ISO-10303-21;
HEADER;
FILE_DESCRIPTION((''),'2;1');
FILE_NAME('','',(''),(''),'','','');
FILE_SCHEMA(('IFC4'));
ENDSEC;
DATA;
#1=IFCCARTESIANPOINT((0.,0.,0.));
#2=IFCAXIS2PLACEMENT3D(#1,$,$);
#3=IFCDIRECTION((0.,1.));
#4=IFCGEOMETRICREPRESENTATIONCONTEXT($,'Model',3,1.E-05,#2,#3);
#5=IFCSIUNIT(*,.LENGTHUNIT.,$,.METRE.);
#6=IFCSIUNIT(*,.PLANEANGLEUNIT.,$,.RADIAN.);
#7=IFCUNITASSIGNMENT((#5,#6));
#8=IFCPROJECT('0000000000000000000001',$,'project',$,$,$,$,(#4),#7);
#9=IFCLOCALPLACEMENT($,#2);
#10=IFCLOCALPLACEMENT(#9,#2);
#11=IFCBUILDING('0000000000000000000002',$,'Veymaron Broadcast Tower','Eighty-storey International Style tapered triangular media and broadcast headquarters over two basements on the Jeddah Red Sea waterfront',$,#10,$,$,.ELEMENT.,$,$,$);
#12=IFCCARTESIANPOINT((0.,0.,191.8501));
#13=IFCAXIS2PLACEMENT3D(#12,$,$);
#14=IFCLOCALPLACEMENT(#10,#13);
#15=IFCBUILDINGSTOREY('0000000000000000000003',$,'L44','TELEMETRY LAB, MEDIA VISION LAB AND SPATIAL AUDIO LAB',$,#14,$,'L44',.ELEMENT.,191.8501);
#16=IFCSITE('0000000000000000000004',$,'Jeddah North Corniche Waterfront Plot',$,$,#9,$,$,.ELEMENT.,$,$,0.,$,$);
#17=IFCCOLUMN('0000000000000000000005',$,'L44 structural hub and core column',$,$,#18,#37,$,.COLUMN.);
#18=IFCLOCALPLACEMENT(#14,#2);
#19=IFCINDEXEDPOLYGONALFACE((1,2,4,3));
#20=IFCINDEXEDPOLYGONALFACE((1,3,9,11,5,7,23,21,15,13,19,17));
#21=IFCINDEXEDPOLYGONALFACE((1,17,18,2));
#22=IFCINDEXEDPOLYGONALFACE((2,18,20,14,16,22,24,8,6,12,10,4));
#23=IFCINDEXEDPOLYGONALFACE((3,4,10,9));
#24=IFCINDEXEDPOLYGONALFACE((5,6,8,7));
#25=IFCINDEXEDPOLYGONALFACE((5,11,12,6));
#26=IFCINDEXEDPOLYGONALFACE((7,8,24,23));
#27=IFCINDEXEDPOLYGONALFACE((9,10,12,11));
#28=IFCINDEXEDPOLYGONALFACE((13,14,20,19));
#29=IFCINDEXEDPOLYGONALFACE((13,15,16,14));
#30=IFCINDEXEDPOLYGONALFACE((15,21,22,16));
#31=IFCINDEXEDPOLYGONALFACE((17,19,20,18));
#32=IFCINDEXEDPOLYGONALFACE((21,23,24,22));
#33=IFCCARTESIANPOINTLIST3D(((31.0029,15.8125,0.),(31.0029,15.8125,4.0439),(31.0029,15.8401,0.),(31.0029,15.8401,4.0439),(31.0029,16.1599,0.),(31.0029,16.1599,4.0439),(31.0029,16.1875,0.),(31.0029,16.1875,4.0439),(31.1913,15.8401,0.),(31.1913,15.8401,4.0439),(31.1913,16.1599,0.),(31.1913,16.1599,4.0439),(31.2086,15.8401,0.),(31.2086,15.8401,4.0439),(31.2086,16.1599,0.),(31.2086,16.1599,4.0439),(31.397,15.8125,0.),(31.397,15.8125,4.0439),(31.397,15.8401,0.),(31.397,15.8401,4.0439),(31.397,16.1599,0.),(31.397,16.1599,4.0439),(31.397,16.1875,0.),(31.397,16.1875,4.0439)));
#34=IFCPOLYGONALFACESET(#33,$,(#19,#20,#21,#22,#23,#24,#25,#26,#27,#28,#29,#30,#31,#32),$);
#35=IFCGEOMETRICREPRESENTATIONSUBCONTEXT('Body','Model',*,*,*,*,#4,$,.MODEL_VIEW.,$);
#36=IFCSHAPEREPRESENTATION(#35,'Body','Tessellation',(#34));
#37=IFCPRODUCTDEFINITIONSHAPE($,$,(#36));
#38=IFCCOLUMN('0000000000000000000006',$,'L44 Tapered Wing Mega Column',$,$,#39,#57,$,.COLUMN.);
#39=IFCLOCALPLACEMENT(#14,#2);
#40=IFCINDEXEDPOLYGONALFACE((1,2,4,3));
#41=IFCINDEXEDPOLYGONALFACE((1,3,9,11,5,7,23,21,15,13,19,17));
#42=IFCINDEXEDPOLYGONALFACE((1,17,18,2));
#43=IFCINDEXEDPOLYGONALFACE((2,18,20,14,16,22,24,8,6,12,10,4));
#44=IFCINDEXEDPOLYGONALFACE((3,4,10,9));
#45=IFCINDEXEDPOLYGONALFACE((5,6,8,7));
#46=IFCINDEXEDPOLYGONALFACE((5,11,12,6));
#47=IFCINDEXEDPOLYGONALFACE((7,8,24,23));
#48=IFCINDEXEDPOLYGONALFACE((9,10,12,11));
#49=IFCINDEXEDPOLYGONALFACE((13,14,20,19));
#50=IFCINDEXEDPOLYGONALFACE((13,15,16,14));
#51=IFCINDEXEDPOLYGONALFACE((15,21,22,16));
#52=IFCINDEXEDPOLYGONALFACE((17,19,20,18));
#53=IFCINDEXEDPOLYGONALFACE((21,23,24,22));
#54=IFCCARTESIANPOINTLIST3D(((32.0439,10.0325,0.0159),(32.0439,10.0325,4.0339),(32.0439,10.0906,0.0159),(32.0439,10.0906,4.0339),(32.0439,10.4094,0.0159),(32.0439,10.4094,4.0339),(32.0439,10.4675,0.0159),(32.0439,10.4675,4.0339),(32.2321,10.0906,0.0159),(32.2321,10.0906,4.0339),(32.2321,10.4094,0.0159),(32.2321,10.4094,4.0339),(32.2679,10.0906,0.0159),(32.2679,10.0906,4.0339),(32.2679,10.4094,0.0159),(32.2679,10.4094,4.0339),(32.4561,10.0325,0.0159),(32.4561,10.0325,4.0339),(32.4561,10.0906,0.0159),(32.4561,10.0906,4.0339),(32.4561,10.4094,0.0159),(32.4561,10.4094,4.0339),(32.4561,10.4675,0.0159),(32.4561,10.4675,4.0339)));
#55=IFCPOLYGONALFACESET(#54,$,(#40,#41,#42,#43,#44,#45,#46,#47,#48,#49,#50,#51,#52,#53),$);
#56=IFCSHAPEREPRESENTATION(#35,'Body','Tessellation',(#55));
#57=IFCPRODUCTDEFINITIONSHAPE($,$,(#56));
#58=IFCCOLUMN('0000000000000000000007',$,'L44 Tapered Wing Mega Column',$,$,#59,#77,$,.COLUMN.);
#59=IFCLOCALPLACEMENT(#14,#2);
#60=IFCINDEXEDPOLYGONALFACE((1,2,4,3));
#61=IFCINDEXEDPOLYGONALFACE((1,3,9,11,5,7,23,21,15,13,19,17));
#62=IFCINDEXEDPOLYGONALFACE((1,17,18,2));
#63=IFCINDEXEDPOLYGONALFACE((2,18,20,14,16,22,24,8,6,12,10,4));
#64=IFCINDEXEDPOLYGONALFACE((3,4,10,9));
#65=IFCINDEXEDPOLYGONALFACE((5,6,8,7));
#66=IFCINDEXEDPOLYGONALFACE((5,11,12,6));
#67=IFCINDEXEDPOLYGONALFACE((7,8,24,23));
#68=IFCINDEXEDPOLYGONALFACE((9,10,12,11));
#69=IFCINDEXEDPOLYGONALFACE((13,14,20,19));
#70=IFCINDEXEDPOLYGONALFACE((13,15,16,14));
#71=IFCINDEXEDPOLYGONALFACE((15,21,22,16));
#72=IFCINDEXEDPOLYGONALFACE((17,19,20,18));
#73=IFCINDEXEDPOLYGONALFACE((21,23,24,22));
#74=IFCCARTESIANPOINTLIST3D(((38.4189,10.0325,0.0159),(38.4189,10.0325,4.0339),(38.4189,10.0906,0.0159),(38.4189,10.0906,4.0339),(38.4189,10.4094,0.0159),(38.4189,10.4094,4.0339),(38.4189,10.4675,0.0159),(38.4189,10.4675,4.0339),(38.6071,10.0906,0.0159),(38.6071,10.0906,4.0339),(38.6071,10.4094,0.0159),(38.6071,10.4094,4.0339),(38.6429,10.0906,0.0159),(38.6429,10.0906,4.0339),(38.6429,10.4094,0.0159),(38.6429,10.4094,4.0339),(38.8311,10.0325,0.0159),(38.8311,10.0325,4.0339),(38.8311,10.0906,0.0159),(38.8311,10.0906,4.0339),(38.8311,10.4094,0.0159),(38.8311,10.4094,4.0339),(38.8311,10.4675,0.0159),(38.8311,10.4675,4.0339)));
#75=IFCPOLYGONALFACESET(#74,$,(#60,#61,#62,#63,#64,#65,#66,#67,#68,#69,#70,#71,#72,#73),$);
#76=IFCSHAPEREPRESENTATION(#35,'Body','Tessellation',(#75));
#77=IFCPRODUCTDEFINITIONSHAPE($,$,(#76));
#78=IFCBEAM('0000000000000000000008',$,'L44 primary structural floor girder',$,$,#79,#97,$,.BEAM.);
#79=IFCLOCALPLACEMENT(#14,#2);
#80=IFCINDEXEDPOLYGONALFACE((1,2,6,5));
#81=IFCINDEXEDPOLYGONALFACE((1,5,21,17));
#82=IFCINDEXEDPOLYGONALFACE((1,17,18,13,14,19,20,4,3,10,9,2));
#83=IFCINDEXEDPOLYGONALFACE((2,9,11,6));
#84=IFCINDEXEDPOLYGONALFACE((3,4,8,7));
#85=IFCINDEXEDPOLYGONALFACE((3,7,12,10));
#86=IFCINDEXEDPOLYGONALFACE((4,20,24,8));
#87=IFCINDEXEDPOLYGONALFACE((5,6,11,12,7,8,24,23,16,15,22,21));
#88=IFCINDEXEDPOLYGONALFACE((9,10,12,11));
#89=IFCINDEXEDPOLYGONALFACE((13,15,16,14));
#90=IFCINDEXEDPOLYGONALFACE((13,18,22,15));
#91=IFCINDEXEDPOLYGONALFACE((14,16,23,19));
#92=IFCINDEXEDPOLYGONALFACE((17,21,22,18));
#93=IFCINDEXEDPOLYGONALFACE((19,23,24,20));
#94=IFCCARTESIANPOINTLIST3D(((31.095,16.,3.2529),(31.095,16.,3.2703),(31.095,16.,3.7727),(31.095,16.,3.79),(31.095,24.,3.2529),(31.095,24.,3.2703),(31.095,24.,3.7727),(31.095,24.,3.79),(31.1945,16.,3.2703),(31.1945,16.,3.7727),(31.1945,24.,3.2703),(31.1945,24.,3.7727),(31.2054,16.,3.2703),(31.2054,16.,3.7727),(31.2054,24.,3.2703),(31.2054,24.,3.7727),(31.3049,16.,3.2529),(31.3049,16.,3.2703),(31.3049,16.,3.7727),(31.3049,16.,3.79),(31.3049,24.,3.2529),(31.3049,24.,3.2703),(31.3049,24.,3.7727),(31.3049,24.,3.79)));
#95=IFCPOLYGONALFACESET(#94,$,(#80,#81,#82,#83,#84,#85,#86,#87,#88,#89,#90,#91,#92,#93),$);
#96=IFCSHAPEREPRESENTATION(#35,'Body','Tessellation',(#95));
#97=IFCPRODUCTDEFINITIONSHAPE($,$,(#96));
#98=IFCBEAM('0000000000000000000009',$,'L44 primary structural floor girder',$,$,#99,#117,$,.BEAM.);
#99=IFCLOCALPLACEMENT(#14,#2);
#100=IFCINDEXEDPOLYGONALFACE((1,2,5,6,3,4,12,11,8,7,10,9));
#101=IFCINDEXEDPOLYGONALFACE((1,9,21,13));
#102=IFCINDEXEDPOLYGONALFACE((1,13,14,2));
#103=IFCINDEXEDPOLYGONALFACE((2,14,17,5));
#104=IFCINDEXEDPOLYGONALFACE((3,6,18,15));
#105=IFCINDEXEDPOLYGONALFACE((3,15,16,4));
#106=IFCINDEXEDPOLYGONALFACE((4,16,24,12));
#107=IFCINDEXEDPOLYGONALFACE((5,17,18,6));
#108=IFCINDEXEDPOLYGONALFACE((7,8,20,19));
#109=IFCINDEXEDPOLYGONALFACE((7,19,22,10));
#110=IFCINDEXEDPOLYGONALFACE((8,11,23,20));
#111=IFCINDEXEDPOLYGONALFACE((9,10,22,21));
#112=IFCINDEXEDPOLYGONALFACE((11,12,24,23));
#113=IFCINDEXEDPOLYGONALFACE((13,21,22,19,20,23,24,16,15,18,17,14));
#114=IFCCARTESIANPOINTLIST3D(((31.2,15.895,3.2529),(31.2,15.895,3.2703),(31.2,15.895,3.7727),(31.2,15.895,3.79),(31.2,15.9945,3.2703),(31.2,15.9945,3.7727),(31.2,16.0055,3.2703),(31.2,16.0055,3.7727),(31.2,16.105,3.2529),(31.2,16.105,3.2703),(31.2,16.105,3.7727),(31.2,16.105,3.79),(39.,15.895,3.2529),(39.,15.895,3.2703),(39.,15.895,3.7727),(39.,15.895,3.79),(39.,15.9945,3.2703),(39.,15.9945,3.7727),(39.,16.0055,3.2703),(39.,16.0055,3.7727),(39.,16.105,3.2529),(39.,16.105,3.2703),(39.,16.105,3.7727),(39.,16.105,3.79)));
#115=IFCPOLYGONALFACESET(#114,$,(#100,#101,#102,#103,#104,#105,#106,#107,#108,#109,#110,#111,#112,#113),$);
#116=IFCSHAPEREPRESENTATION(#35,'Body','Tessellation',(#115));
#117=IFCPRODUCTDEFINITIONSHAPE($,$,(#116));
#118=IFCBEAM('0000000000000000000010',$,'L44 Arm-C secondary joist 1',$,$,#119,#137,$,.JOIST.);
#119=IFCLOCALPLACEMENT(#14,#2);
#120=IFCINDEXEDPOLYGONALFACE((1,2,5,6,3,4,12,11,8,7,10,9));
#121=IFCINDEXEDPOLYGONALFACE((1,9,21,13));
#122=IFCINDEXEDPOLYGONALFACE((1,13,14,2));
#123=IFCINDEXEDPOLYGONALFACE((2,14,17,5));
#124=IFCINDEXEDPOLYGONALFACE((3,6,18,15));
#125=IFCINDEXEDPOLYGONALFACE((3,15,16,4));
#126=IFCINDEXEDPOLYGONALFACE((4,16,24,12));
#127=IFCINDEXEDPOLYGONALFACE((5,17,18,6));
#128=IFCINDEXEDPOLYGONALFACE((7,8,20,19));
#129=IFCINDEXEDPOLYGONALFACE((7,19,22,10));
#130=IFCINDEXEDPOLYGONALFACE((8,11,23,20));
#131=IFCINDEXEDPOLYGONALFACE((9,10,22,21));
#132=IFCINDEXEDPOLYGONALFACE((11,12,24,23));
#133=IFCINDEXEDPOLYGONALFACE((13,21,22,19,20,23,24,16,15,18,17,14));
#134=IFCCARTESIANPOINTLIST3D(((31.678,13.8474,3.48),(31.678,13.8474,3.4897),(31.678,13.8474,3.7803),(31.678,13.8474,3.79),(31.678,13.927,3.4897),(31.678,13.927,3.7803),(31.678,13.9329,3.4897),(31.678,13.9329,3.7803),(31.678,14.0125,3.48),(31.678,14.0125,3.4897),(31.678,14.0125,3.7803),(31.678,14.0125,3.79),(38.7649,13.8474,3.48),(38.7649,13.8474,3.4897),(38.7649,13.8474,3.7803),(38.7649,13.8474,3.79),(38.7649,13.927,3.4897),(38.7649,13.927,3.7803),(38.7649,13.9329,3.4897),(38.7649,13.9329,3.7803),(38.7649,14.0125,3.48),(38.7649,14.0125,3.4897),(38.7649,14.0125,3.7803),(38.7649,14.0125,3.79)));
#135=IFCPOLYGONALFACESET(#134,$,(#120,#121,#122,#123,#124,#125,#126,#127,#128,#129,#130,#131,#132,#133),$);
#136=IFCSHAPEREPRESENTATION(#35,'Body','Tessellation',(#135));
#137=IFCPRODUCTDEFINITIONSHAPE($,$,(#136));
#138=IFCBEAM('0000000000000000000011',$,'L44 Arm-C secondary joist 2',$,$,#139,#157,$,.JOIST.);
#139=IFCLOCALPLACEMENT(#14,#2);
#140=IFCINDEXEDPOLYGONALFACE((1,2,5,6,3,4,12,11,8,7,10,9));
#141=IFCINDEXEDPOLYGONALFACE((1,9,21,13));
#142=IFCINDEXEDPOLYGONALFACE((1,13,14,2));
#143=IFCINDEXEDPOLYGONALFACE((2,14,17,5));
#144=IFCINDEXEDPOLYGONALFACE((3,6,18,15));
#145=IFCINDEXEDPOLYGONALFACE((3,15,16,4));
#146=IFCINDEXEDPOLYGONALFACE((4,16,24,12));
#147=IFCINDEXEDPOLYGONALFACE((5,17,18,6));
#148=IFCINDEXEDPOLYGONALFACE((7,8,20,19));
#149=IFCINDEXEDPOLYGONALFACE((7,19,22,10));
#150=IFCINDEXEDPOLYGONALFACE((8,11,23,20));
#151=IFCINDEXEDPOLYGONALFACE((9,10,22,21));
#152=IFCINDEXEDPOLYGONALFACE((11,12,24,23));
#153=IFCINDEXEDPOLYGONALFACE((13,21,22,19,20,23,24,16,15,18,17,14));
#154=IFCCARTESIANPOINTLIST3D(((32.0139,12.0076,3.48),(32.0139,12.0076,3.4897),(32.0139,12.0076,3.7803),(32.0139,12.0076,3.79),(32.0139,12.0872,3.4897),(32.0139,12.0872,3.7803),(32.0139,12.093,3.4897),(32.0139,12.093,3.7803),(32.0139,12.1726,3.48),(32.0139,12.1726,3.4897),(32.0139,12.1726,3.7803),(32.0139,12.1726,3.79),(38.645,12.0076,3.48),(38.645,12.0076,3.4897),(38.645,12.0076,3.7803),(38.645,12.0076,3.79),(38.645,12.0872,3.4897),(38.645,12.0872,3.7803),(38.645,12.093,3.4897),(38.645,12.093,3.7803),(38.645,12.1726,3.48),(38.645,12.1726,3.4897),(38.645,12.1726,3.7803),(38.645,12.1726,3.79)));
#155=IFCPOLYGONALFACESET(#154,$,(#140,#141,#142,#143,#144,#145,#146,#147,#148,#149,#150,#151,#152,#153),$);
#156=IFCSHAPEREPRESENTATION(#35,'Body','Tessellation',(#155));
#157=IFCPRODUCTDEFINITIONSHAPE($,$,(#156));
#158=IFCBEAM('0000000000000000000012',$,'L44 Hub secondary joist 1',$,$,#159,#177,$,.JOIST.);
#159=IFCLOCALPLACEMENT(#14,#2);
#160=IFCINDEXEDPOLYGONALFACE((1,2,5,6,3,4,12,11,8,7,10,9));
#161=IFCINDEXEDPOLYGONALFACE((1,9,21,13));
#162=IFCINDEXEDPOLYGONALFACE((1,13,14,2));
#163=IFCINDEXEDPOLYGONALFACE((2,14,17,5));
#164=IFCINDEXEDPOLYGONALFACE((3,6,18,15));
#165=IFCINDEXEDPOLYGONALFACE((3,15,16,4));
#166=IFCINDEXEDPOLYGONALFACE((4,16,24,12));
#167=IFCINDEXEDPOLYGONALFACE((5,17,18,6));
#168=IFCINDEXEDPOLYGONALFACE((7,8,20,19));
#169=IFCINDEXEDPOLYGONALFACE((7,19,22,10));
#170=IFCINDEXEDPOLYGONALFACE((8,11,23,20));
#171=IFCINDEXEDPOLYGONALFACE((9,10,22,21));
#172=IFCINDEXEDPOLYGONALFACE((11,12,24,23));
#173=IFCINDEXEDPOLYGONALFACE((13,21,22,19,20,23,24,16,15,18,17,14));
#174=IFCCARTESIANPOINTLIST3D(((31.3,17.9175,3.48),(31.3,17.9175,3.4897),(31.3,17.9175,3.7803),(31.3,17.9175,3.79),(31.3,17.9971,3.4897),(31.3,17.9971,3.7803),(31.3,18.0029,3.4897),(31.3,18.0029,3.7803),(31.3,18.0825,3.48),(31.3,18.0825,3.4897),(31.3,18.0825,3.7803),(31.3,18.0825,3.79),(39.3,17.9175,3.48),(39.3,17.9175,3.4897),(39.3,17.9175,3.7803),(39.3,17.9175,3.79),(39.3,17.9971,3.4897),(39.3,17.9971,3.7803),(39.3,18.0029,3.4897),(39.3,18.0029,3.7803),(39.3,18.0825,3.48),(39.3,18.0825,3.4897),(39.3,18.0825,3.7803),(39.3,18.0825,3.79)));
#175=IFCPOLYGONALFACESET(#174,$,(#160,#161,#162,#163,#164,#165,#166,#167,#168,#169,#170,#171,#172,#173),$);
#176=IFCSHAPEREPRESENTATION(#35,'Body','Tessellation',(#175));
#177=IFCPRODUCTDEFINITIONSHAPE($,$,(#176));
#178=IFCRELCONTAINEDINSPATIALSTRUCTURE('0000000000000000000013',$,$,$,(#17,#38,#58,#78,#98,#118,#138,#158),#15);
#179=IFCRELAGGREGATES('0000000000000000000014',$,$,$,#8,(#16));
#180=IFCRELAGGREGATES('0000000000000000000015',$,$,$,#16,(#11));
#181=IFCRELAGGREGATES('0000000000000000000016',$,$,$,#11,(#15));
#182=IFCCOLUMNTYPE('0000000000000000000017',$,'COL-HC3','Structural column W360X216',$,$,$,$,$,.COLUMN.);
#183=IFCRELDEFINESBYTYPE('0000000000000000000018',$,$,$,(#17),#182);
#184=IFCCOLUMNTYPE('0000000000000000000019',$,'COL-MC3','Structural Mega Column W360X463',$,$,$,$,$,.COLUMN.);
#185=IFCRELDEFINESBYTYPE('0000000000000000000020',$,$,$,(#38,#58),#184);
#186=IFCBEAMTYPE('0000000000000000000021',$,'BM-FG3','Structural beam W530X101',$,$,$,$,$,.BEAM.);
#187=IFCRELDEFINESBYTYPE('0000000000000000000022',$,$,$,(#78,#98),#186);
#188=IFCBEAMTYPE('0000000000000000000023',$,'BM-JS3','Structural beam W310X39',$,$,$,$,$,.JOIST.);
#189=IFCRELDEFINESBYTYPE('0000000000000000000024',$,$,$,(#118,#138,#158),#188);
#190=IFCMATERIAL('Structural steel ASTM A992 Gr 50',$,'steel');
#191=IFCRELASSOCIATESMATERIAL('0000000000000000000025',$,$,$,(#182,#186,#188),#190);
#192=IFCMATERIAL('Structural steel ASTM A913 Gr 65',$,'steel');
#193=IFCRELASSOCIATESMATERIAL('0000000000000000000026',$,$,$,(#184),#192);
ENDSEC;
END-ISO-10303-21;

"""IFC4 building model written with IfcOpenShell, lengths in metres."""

from ifc_helpers import new_model, si_unit, direction, frame, origin, origin_2d, place, context, subcontext, project, spatial, i_section, extrude, material, material_profile, profile_set, type_object, element, save


model = new_model("IFC4")

# Units and contexts
model_context = context("Model", 3, precision=1e-05, world=origin(), true_north=direction((0.0, 1.0)))
body_context = subcontext(model_context, "Body", "Model", "MODEL_VIEW")
ifc_project = project(units=[si_unit("LENGTHUNIT", "METRE"), si_unit("PLANEANGLEUNIT", "RADIAN")], contexts=[model_context])

# Site, building, storey
site_placement = place(None, origin())
site = spatial("IfcSite", under=ifc_project, at=site_placement, Name="Jeddah North Corniche Waterfront Plot", CompositionType="ELEMENT", RefElevation=0.0)
building_placement = place(site_placement, origin())
building = spatial("IfcBuilding", under=site, at=building_placement, Name="Veymaron Broadcast Tower", Description="Eighty-storey International Style tapered triangular media and broadcast headquarters over two basements on the Jeddah Red Sea waterfront", CompositionType="ELEMENT")
storey_placement = place(building_placement, frame((0.0, 0.0, 191.8501)))
storey = spatial("IfcBuildingStorey", under=building, at=storey_placement, Name="L44", Description="TELEMETRY LAB, MEDIA VISION LAB AND SPATIAL AUDIO LAB", LongName="L44", CompositionType="ELEMENT", Elevation=191.8501)

# Columns
ifc_material_1 = material(Name="Structural steel ASTM A992 Gr 50", Category="steel")
ifc_material_profile_1 = material_profile(ifc_material_1, i_section(OverallWidth=0.394, OverallDepth=0.375, WebThickness=0.0173, FlangeThickness=0.0276, at=origin_2d()), Name="W360X216")
ifc_profile_set_1 = profile_set([ifc_material_profile_1], Name="Structural steel ASTM A992 Gr 50")
column_type_1 = type_object("IfcColumnType", Name="COL-HC3", Description="Structural column W360X216", PredefinedType="COLUMN", material=ifc_profile_set_1)
column_placement = place(storey_placement, frame((31.2, 16.0, 0.0), z_axis=(0.0, 0.0, 1.0), x_axis=(1.0, 0.0, 0.0)))
element("IfcColumn", 1, at=column_placement, inside=storey, type_object=column_type_1, Name="L44 structural hub and core column", PredefinedType="COLUMN", context=body_context, shape_type="SweptSolid", body=[
    extrude(i_section(OverallWidth=0.394, OverallDepth=0.375, WebThickness=0.0173, FlangeThickness=0.0276, at=origin_2d()), origin(), (0.0, 0.0, 1.0), 4.0439),
])
ifc_material_2 = material(Name="Structural steel ASTM A913 Gr 65", Category="steel")
ifc_material_profile_2 = material_profile(ifc_material_2, i_section(OverallWidth=0.4121, OverallDepth=0.4351, WebThickness=0.0359, FlangeThickness=0.0581, at=origin_2d()), Name="W360X463")
ifc_profile_set_2 = profile_set([ifc_material_profile_2], Name="Structural steel ASTM A913 Gr 65")
column_type_2 = type_object("IfcColumnType", Name="COL-MC3", Description="Structural Mega Column W360X463", PredefinedType="COLUMN", material=ifc_profile_set_2)
for number, where, z_axis, x_axis, name in (
    (2, (32.25, 10.25, 0.0159), (0.0, 0.0, 1.0), (1.0, 0.0, 0.0), "L44 Tapered Wing Mega Column"),
    (3, (38.625, 10.25, 0.0159), (0.0, 0.0, 1.0), (1.0, 0.0, 0.0), "L44 Tapered Wing Mega Column"),
):
    element("IfcColumn", number, at=place(storey_placement, frame(where, z_axis=z_axis, x_axis=x_axis)), inside=storey, type_object=column_type_2, Name=name, PredefinedType="COLUMN", context=body_context, shape_type="SweptSolid", body=[
        extrude(i_section(OverallWidth=0.4121, OverallDepth=0.4351, WebThickness=0.0359, FlangeThickness=0.0581, at=origin_2d()), origin(), (0.0, 0.0, 1.0), 4.0181),
    ])

# Beams
ifc_material_profile_3 = material_profile(ifc_material_1, i_section(OverallWidth=0.21, OverallDepth=0.5371, WebThickness=0.011, FlangeThickness=0.0173, at=origin_2d()), Name="W530X101")
ifc_profile_set_3 = profile_set([ifc_material_profile_3], Name="Structural steel ASTM A992 Gr 50")
beam_type_1 = type_object("IfcBeamType", Name="BM-FG3", Description="Structural beam W530X101", PredefinedType="BEAM", material=ifc_profile_set_3)
beam_1_placement = place(storey_placement, frame((31.2, 16.0, 3.5215), z_axis=(0.0, 1.0, 0.0), x_axis=(-1.0, 0.0, 0.0)))
element("IfcBeam", 4, at=beam_1_placement, inside=storey, type_object=beam_type_1, Name="L44 primary structural floor girder", PredefinedType="BEAM", context=body_context, shape_type="SweptSolid", body=[
    extrude(i_section(OverallWidth=0.21, OverallDepth=0.5371, WebThickness=0.011, FlangeThickness=0.0173, at=origin_2d()), origin(), (0.0, 0.0, 1.0), 8.0),
])
beam_2_placement = place(storey_placement, frame((31.2, 16.0, 3.5215), z_axis=(1.0, 0.0, 0.0), x_axis=(0.0, 1.0, 0.0)))
element("IfcBeam", 5, at=beam_2_placement, inside=storey, type_object=beam_type_1, Name="L44 primary structural floor girder", PredefinedType="BEAM", context=body_context, shape_type="SweptSolid", body=[
    extrude(i_section(OverallWidth=0.21, OverallDepth=0.5371, WebThickness=0.011, FlangeThickness=0.0173, at=origin_2d()), origin(), (0.0, 0.0, 1.0), 7.8),
])
ifc_material_profile_4 = material_profile(ifc_material_1, i_section(OverallWidth=0.165, OverallDepth=0.3101, WebThickness=0.0059, FlangeThickness=0.0098, at=origin_2d()), Name="W310X39")
ifc_profile_set_4 = profile_set([ifc_material_profile_4], Name="Structural steel ASTM A992 Gr 50")
beam_type_2 = type_object("IfcBeamType", Name="BM-JS3", Description="Structural beam W310X39", PredefinedType="JOIST", material=ifc_profile_set_4)
beam_3_placement = place(storey_placement, frame((31.678, 13.9299, 3.635), z_axis=(1.0, 0.0, 0.0), x_axis=(0.0, 1.0, 0.0)))
element("IfcBeam", 6, at=beam_3_placement, inside=storey, type_object=beam_type_2, Name="L44 Arm-C secondary joist 1", PredefinedType="JOIST", context=body_context, shape_type="SweptSolid", body=[
    extrude(i_section(OverallWidth=0.165, OverallDepth=0.3101, WebThickness=0.0059, FlangeThickness=0.0098, at=origin_2d()), origin(), (0.0, 0.0, 1.0), 7.0869),
])
beam_4_placement = place(storey_placement, frame((32.0139, 12.0901, 3.635), z_axis=(1.0, 0.0, 0.0), x_axis=(0.0, 1.0, 0.0)))
element("IfcBeam", 7, at=beam_4_placement, inside=storey, type_object=beam_type_2, Name="L44 Arm-C secondary joist 2", PredefinedType="JOIST", context=body_context, shape_type="SweptSolid", body=[
    extrude(i_section(OverallWidth=0.165, OverallDepth=0.3101, WebThickness=0.0059, FlangeThickness=0.0098, at=origin_2d()), origin(), (0.0, 0.0, 1.0), 6.6311),
])
for number, where, z_axis, x_axis, name in (
    (8, (31.3, 18.0, 3.635), (1.0, 0.0, 0.0), (0.0, 1.0, 0.0), "L44 Hub secondary joist 1"),
):
    element("IfcBeam", number, at=place(storey_placement, frame(where, z_axis=z_axis, x_axis=x_axis)), inside=storey, type_object=beam_type_2, Name=name, PredefinedType="JOIST", context=body_context, shape_type="SweptSolid", body=[
        extrude(i_section(OverallWidth=0.165, OverallDepth=0.3101, WebThickness=0.0059, FlangeThickness=0.0098, at=origin_2d()), origin(), (0.0, 0.0, 1.0), 8.0),
    ])

save(model, "model.ifc")
